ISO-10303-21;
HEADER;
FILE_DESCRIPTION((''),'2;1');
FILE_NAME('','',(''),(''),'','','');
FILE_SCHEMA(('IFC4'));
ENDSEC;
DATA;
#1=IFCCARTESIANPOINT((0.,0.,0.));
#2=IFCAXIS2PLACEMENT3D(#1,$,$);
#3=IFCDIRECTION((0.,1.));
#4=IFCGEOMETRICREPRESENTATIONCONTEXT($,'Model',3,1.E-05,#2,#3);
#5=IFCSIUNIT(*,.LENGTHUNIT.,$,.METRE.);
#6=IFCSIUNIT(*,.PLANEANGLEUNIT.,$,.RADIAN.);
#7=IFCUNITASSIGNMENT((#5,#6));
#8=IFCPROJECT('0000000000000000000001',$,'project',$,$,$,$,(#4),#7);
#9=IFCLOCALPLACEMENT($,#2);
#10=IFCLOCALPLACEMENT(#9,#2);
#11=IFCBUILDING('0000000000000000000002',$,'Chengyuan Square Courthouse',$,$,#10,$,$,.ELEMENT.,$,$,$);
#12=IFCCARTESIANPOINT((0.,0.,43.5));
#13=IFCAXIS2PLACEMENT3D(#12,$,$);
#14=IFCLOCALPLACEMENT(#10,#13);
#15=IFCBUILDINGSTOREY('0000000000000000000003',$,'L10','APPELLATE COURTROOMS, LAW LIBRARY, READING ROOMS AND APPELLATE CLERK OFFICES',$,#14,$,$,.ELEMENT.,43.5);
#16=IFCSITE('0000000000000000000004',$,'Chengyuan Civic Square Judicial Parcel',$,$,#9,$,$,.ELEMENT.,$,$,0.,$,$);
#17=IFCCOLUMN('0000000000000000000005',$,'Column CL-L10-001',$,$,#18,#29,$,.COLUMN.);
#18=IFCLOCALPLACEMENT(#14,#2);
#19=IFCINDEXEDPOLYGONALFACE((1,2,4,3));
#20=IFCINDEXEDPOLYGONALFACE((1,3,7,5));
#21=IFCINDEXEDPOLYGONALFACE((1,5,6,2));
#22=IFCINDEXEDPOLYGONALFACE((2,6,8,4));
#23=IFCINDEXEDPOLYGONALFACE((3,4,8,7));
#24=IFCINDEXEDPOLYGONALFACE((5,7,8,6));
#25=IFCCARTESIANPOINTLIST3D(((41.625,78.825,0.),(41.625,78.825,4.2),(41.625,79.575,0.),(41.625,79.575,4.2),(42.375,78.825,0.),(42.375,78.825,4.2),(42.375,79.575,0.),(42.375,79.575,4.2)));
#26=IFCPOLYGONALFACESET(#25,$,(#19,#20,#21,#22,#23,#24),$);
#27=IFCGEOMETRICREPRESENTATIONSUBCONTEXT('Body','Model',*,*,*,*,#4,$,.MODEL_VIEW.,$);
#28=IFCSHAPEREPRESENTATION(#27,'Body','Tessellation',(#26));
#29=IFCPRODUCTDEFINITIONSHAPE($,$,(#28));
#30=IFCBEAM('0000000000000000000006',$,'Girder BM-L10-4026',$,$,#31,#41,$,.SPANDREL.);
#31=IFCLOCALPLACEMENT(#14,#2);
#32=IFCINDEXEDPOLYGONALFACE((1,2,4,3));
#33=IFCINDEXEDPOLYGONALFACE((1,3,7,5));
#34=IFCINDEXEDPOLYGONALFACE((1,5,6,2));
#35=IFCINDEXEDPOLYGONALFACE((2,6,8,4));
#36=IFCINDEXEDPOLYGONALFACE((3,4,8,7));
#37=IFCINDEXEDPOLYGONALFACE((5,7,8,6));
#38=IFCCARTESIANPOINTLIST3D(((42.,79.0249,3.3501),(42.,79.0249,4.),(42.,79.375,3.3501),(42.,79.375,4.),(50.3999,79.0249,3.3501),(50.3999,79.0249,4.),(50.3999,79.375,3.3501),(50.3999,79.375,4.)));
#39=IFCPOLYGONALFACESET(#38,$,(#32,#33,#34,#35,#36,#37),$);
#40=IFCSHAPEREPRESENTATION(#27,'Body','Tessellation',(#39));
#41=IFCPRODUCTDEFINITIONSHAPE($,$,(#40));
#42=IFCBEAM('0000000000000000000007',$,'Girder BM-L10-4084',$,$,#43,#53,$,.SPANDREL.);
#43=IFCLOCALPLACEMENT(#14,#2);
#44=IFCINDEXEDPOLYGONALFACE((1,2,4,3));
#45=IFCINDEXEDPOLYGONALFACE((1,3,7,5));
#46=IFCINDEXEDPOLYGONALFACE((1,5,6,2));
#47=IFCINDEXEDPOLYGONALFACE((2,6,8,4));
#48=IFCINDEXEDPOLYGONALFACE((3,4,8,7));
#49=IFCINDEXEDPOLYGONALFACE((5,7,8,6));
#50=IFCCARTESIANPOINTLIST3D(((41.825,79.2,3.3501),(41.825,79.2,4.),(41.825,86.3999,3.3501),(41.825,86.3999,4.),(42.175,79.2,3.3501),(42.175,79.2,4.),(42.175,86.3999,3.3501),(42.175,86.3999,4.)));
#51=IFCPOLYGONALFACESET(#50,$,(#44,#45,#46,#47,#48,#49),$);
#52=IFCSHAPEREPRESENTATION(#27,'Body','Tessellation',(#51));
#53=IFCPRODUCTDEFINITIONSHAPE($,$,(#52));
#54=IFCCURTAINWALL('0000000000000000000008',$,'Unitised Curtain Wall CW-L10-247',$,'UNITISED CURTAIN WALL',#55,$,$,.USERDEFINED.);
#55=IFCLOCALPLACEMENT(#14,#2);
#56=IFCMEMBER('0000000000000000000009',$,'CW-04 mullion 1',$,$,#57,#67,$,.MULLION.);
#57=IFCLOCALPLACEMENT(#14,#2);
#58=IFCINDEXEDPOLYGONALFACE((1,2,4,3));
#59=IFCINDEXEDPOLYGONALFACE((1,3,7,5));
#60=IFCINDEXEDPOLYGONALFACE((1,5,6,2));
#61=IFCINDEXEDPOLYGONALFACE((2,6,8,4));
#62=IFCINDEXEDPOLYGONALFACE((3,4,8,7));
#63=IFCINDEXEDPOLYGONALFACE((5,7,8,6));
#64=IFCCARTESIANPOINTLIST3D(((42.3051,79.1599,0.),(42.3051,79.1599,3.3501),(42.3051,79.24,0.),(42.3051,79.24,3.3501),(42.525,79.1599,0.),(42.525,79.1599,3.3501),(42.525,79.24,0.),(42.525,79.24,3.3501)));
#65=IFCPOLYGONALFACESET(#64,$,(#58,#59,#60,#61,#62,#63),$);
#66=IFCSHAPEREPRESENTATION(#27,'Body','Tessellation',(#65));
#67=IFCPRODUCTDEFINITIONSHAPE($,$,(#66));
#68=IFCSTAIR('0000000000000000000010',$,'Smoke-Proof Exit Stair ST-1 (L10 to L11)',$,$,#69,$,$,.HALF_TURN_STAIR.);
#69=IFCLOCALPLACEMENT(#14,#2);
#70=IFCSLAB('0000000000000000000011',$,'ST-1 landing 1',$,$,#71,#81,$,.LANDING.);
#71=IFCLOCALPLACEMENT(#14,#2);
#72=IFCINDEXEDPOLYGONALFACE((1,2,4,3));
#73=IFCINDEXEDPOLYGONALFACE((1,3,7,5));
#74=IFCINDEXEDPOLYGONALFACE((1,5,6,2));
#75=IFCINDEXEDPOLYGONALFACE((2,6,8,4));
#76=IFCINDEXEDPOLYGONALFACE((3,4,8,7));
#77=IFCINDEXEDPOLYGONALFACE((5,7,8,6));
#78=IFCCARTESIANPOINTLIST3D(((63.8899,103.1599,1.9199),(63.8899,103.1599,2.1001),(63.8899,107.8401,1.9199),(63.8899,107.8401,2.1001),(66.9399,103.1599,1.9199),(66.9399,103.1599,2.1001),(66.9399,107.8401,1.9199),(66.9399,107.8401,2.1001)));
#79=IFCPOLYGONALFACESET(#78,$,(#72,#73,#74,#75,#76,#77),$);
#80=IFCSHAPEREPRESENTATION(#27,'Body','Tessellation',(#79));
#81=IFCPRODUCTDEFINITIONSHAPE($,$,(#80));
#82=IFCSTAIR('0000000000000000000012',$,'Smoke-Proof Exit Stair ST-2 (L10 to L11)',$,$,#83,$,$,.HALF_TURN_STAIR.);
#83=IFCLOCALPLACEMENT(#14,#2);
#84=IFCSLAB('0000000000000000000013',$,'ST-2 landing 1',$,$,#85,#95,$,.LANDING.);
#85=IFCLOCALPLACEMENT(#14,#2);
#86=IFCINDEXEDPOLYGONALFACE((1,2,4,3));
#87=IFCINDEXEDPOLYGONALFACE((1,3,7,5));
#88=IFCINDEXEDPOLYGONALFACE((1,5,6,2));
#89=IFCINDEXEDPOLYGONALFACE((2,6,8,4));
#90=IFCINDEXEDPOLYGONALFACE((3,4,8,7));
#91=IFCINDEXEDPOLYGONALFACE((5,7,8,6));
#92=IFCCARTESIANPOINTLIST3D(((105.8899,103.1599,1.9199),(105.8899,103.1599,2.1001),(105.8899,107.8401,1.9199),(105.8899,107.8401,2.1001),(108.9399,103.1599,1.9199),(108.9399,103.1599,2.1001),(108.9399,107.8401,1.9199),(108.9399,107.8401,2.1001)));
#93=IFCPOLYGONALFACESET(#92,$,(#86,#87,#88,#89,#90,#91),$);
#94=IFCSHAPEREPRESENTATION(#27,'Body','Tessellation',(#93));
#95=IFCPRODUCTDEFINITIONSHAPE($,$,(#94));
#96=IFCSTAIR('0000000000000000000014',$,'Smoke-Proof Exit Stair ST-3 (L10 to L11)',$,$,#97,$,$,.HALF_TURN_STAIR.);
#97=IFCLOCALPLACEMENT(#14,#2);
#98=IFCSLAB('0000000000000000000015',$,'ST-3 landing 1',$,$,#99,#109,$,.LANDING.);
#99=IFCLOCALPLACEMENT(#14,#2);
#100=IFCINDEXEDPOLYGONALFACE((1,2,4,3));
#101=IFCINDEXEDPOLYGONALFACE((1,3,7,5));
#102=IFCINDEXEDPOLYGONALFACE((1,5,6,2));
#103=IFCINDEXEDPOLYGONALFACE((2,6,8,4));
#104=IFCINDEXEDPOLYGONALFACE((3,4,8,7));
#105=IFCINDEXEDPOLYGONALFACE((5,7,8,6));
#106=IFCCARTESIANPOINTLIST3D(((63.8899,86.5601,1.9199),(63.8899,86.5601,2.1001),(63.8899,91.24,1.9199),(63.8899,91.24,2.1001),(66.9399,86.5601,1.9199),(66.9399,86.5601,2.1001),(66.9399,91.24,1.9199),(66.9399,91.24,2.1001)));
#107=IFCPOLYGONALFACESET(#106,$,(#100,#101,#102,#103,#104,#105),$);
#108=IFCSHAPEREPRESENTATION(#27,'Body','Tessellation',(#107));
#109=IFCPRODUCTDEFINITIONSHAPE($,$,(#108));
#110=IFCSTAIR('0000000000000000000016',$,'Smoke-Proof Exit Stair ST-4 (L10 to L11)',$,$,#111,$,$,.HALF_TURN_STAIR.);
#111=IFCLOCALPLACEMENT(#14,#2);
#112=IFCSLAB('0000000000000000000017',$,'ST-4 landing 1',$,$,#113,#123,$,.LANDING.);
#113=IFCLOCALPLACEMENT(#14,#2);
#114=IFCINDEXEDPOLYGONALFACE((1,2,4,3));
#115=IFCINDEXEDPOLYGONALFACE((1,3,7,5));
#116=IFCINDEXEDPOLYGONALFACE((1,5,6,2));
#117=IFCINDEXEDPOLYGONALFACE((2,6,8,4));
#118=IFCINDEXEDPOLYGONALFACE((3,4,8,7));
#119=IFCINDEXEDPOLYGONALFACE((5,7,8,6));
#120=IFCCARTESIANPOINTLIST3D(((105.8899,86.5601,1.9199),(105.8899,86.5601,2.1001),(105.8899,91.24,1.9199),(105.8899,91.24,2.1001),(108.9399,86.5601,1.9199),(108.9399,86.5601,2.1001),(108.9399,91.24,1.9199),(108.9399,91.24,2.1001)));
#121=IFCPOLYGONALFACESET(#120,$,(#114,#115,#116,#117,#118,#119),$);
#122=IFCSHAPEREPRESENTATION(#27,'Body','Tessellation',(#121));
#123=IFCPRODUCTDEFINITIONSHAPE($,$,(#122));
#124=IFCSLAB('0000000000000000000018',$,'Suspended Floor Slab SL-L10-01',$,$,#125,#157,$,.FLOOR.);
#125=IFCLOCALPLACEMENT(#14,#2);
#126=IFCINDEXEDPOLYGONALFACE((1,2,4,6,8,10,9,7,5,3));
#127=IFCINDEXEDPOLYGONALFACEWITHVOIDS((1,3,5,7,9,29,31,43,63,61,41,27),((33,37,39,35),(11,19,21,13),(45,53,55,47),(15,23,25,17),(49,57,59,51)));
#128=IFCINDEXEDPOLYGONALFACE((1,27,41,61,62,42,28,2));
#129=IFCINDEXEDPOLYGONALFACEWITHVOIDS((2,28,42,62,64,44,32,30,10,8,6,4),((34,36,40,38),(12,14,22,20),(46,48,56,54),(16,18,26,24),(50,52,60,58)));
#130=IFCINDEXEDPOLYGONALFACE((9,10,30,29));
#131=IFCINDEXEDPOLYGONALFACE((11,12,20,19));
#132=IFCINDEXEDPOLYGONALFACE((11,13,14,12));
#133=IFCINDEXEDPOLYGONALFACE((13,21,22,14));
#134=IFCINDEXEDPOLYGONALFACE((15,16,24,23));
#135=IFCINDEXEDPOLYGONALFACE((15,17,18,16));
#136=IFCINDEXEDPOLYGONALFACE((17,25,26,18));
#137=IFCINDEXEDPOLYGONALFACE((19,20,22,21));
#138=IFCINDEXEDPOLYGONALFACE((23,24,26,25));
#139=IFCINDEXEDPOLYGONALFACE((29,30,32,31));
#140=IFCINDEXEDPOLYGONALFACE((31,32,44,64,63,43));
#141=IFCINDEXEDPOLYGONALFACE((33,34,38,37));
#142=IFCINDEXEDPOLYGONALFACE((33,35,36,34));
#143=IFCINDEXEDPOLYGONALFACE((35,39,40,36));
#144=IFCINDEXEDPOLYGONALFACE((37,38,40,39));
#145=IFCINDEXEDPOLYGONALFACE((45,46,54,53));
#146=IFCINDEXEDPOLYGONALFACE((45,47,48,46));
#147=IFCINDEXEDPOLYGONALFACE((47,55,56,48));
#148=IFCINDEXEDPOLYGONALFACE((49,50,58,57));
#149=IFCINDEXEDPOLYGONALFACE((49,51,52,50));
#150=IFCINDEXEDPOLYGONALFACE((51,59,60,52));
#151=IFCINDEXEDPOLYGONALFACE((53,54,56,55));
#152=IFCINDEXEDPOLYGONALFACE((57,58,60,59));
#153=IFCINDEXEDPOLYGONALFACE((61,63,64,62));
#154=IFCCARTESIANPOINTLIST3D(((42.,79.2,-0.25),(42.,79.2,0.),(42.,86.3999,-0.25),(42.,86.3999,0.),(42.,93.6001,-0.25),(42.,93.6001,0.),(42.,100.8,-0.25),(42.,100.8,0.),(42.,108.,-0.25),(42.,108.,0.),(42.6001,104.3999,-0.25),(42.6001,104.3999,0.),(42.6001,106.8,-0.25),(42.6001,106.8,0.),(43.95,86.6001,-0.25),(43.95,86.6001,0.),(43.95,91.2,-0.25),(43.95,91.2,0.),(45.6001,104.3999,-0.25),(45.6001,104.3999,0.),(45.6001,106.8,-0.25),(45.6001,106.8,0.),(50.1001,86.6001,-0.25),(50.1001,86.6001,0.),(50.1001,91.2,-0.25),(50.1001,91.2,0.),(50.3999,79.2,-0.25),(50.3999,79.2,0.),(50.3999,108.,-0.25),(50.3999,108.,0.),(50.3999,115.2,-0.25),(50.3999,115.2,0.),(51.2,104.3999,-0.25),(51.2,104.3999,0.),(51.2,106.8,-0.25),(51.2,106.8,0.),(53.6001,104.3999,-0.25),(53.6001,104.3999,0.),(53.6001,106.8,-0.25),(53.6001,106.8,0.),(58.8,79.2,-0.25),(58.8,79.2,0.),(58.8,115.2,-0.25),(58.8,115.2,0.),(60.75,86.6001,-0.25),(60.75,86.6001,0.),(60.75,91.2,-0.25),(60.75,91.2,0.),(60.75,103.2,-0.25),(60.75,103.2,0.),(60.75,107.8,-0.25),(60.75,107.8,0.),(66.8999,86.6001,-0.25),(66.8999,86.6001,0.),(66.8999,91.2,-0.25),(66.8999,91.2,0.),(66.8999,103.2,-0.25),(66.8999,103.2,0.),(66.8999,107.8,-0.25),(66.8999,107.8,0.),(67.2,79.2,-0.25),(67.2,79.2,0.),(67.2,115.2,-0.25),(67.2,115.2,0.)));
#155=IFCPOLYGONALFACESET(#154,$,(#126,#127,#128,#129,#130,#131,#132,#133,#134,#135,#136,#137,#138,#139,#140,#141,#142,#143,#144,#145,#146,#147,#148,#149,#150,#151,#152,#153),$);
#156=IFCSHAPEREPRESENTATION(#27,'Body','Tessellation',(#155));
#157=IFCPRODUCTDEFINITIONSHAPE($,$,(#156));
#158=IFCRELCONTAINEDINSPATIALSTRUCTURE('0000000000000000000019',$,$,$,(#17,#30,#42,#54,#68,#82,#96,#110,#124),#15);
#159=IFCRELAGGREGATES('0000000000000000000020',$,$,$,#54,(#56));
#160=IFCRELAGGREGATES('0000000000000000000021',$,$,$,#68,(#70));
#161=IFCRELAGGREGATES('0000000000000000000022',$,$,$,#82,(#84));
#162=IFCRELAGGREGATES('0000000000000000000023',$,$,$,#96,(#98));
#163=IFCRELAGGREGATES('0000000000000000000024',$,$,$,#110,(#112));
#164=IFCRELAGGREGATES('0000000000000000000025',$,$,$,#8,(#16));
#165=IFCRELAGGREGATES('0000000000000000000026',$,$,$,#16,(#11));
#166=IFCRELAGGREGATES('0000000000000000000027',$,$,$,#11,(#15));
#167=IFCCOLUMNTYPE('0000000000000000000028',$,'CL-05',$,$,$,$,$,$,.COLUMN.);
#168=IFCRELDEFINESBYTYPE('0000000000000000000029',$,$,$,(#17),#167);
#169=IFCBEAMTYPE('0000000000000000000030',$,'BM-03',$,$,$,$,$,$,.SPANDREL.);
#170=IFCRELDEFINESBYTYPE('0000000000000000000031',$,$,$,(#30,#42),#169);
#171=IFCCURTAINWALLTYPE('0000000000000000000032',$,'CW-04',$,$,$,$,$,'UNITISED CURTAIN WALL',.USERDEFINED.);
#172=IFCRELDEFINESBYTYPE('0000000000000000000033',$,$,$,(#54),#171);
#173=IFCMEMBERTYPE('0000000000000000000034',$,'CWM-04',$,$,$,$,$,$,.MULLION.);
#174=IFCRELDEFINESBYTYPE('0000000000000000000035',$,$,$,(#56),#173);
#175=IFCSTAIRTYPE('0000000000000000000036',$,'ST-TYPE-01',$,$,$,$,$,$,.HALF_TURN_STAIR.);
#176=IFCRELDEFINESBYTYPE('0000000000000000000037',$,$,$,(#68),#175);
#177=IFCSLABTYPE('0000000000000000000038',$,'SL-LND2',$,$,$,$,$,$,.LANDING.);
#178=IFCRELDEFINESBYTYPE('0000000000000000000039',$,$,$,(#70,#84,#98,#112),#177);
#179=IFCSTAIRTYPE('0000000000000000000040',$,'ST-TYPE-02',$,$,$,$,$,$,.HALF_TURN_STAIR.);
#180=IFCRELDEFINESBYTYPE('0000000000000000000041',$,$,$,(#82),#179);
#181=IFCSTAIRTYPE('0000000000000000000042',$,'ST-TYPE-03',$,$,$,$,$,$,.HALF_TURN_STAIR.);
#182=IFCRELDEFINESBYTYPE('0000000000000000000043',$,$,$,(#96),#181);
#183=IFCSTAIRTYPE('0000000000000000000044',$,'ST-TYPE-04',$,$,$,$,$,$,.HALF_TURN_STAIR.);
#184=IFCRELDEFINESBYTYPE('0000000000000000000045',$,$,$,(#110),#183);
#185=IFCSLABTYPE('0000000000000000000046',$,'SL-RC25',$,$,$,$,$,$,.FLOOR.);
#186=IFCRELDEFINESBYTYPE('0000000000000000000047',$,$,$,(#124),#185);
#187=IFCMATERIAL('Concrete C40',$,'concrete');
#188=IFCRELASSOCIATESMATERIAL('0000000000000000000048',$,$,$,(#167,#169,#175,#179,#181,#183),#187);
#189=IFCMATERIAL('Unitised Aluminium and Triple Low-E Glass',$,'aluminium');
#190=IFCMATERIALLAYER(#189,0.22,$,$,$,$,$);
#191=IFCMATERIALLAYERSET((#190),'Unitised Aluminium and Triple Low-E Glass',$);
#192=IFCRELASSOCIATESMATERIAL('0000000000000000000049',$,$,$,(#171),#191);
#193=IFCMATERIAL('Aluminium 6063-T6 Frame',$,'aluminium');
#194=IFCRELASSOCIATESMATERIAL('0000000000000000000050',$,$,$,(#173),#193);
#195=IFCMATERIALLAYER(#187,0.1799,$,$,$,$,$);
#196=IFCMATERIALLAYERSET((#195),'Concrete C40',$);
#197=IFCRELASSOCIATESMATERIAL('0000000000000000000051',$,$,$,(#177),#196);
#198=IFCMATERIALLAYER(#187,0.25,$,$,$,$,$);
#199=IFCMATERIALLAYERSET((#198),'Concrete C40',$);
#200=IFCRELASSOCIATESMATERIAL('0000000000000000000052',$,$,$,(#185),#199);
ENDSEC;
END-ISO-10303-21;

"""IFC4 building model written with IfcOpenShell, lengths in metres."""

from ifc_helpers import new_model, si_unit, direction, frame, origin, origin_2d, place, context, subcontext, project, spatial, polyline, rectangle, outline, extrude, material, layer, layer_set, material_profile, profile_set, type_object, element, aggregate, save


model = new_model("IFC4")

# Units and contexts
model_context = context("Model", 3, precision=1e-05, world=origin(), true_north=direction((0.0, 1.0)))
body_context = subcontext(model_context, "Body", "Model", "MODEL_VIEW")
ifc_project = project(units=[si_unit("LENGTHUNIT", "METRE"), si_unit("PLANEANGLEUNIT", "RADIAN")], contexts=[model_context])

# Site, building, storey
site_placement = place(None, origin())
site = spatial("IfcSite", under=ifc_project, at=site_placement, Name="Chengyuan Civic Square Judicial Parcel", CompositionType="ELEMENT", RefElevation=0.0)
building_placement = place(site_placement, origin())
building = spatial("IfcBuilding", under=site, at=building_placement, Name="Chengyuan Square Courthouse", CompositionType="ELEMENT")
storey_placement = place(building_placement, frame((0.0, 0.0, 43.5)))
storey = spatial("IfcBuildingStorey", under=building, at=storey_placement, Name="L10", Description="APPELLATE COURTROOMS, LAW LIBRARY, READING ROOMS AND APPELLATE CLERK OFFICES", CompositionType="ELEMENT", Elevation=43.5)

# Column
ifc_material_1 = material(Name="Concrete C40", Category="concrete")
ifc_material_profile_1 = material_profile(ifc_material_1, rectangle(XDim=0.75, YDim=0.75, at=origin_2d()), Name="RC-COL-750x750")
ifc_profile_set_1 = profile_set([ifc_material_profile_1], Name="Concrete C40")
column_type = type_object("IfcColumnType", Name="CL-05", PredefinedType="COLUMN", material=ifc_profile_set_1)
column_placement = place(storey_placement, frame((42.0, 79.2, 0.0), z_axis=(0.0, 0.0, 1.0), x_axis=(1.0, 0.0, 0.0)))
element("IfcColumn", 1, at=column_placement, inside=storey, type_object=column_type, Name="Column CL-L10-001", PredefinedType="COLUMN", context=body_context, shape_type="SweptSolid", body=[
    extrude(rectangle(XDim=0.75, YDim=0.75, at=origin_2d()), origin(), (0.0, 0.0, 1.0), 4.2),
])

# Beams
ifc_material_profile_2 = material_profile(ifc_material_1, rectangle(XDim=0.3501, YDim=0.6499, at=origin_2d()), Name="RC-BM-350x650")
ifc_profile_set_2 = profile_set([ifc_material_profile_2], Name="Concrete C40")
beam_type = type_object("IfcBeamType", Name="BM-03", PredefinedType="SPANDREL", material=ifc_profile_set_2)
beam_1_placement = place(storey_placement, frame((42.0, 79.2, 3.675), z_axis=(1.0, 0.0, 0.0), x_axis=(0.0, 1.0, 0.0)))
element("IfcBeam", 2, at=beam_1_placement, inside=storey, type_object=beam_type, Name="Girder BM-L10-4026", PredefinedType="SPANDREL", context=body_context, shape_type="SweptSolid", body=[
    extrude(rectangle(XDim=0.3501, YDim=0.6499, at=origin_2d()), origin(), (0.0, 0.0, 1.0), 8.3999),
])
beam_2_placement = place(storey_placement, frame((42.0, 79.2, 3.675), z_axis=(0.0, 1.0, 0.0), x_axis=(-1.0, 0.0, 0.0)))
element("IfcBeam", 3, at=beam_2_placement, inside=storey, type_object=beam_type, Name="Girder BM-L10-4084", PredefinedType="SPANDREL", context=body_context, shape_type="SweptSolid", body=[
    extrude(rectangle(XDim=0.3501, YDim=0.6499, at=origin_2d()), origin(), (0.0, 0.0, 1.0), 7.2),
])

# Curtain wall, member
ifc_material_2 = material(Name="Unitised Aluminium and Triple Low-E Glass", Category="aluminium")
ifc_layer_1 = layer(ifc_material_2, 0.22)
ifc_layer_set_1 = layer_set([ifc_layer_1], Name="Unitised Aluminium and Triple Low-E Glass")
curtain_wall_type = type_object("IfcCurtainWallType", Name="CW-04", ElementType="UNITISED CURTAIN WALL", PredefinedType="USERDEFINED", material=ifc_layer_set_1)
curtain_wall_placement = place(storey_placement, origin())
curtain_wall = element("IfcCurtainWall", 4, at=curtain_wall_placement, inside=storey, type_object=curtain_wall_type, Name="Unitised Curtain Wall CW-L10-247", ObjectType="UNITISED CURTAIN WALL", PredefinedType="USERDEFINED")
ifc_material_3 = material(Name="Aluminium 6063-T6 Frame", Category="aluminium")
ifc_material_profile_3 = material_profile(ifc_material_3, rectangle(XDim=0.0801, YDim=0.22, at=origin_2d()), Name="CW-MUL-80x220")
ifc_profile_set_3 = profile_set([ifc_material_profile_3], Name="Aluminium 6063-T6 Frame")
member_type = type_object("IfcMemberType", Name="CWM-04", PredefinedType="MULLION", material=ifc_profile_set_3)
member_placement = place(storey_placement, frame((42.415, 79.2, 0.0), z_axis=(0.0, 0.0, 1.0), x_axis=(0.0, 1.0, 0.0)))
member = element("IfcMember", 5, at=member_placement, type_object=member_type, Name="CW-04 mullion 1", PredefinedType="MULLION", context=body_context, shape_type="SweptSolid", body=[
    extrude(rectangle(XDim=0.0801, YDim=0.22, at=origin_2d()), origin(), (0.0, 0.0, 1.0), 3.3501),
])
aggregate(curtain_wall, [member])

# Stairs, slabs
stair_type_1 = type_object("IfcStairType", Name="ST-TYPE-01", PredefinedType="HALF_TURN_STAIR", material=ifc_material_1)
stair_1_placement = place(storey_placement, origin())
stair_1 = element("IfcStair", 6, at=stair_1_placement, inside=storey, type_object=stair_type_1, Name="Smoke-Proof Exit Stair ST-1 (L10 to L11)", PredefinedType="HALF_TURN_STAIR")
ifc_layer_2 = layer(ifc_material_1, 0.1799)
ifc_layer_set_2 = layer_set([ifc_layer_2], Name="Concrete C40")
slab_type_1 = type_object("IfcSlabType", Name="SL-LND2", PredefinedType="LANDING", material=ifc_layer_set_2)
slab_1_placement = place(storey_placement, frame((0.0, 0.0, 1.9199)))
slab_1 = element("IfcSlab", 7, at=slab_1_placement, type_object=slab_type_1, Name="ST-1 landing 1", PredefinedType="LANDING", context=body_context, shape_type="SweptSolid", body=[
    extrude(outline(polyline([(63.8899, 103.1599), (66.9399, 103.1599), (66.9399, 107.8401), (63.8899, 107.8401), (63.8899, 103.1599)])), origin(), (0.0, 0.0, 1.0), 0.1802),
])
aggregate(stair_1, [slab_1])
stair_type_2 = type_object("IfcStairType", Name="ST-TYPE-02", PredefinedType="HALF_TURN_STAIR", material=ifc_material_1)
stair_2_placement = place(storey_placement, origin())
stair_2 = element("IfcStair", 8, at=stair_2_placement, inside=storey, type_object=stair_type_2, Name="Smoke-Proof Exit Stair ST-2 (L10 to L11)", PredefinedType="HALF_TURN_STAIR")
slab_2_placement = place(storey_placement, frame((0.0, 0.0, 1.9199)))
slab_2 = element("IfcSlab", 9, at=slab_2_placement, type_object=slab_type_1, Name="ST-2 landing 1", PredefinedType="LANDING", context=body_context, shape_type="SweptSolid", body=[
    extrude(outline(polyline([(105.8899, 103.1599), (108.9399, 103.1599), (108.9399, 107.8401), (105.8899, 107.8401), (105.8899, 103.1599)])), origin(), (0.0, 0.0, 1.0), 0.1802),
])
aggregate(stair_2, [slab_2])
stair_type_3 = type_object("IfcStairType", Name="ST-TYPE-03", PredefinedType="HALF_TURN_STAIR", material=ifc_material_1)
stair_3_placement = place(storey_placement, origin())
stair_3 = element("IfcStair", 10, at=stair_3_placement, inside=storey, type_object=stair_type_3, Name="Smoke-Proof Exit Stair ST-3 (L10 to L11)", PredefinedType="HALF_TURN_STAIR")
slab_3_placement = place(storey_placement, frame((0.0, 0.0, 1.9199)))
slab_3 = element("IfcSlab", 11, at=slab_3_placement, type_object=slab_type_1, Name="ST-3 landing 1", PredefinedType="LANDING", context=body_context, shape_type="SweptSolid", body=[
    extrude(outline(polyline([(63.8899, 86.5601), (66.9399, 86.5601), (66.9399, 91.24), (63.8899, 91.24), (63.8899, 86.5601)])), origin(), (0.0, 0.0, 1.0), 0.1802),
])
aggregate(stair_3, [slab_3])
stair_type_4 = type_object("IfcStairType", Name="ST-TYPE-04", PredefinedType="HALF_TURN_STAIR", material=ifc_material_1)
stair_4_placement = place(storey_placement, origin())
stair_4 = element("IfcStair", 12, at=stair_4_placement, inside=storey, type_object=stair_type_4, Name="Smoke-Proof Exit Stair ST-4 (L10 to L11)", PredefinedType="HALF_TURN_STAIR")
slab_4_placement = place(storey_placement, frame((0.0, 0.0, 1.9199)))
slab_4 = element("IfcSlab", 13, at=slab_4_placement, type_object=slab_type_1, Name="ST-4 landing 1", PredefinedType="LANDING", context=body_context, shape_type="SweptSolid", body=[
    extrude(outline(polyline([(105.8899, 86.5601), (108.9399, 86.5601), (108.9399, 91.24), (105.8899, 91.24), (105.8899, 86.5601)])), origin(), (0.0, 0.0, 1.0), 0.1802),
])
aggregate(stair_4, [slab_4])

# Slab
ifc_layer_3 = layer(ifc_material_1, 0.25)
ifc_layer_set_3 = layer_set([ifc_layer_3], Name="Concrete C40")
slab_type_2 = type_object("IfcSlabType", Name="SL-RC25", PredefinedType="FLOOR", material=ifc_layer_set_3)
slab_5_placement = place(storey_placement, frame((0.0, 0.0, -0.25)))
element("IfcSlab", 14, at=slab_5_placement, inside=storey, type_object=slab_type_2, Name="Suspended Floor Slab SL-L10-01", PredefinedType="FLOOR", context=body_context, shape_type="SweptSolid", body=[
    extrude(outline(polyline([(50.3999, 115.2), (58.8, 115.2), (67.2, 115.2), (67.2, 79.2), (58.8, 79.2), (50.3999, 79.2), (42.0, 79.2), (42.0, 86.3999), (42.0, 93.6001), (42.0, 100.8), (42.0, 108.0), (50.3999, 108.0), (50.3999, 115.2)]), holes=[polyline([(50.1001, 91.2), (43.95, 91.2), (43.95, 86.6001), (50.1001, 86.6001), (50.1001, 91.2)]), polyline([(66.8999, 91.2), (60.75, 91.2), (60.75, 86.6001), (66.8999, 86.6001), (66.8999, 91.2)]), polyline([(60.75, 107.8), (60.75, 103.2), (66.8999, 103.2), (66.8999, 107.8), (60.75, 107.8)]), polyline([(45.6001, 106.8), (42.6001, 106.8), (42.6001, 104.3999), (45.6001, 104.3999), (45.6001, 106.8)]), polyline([(53.6001, 106.8), (51.2, 106.8), (51.2, 104.3999), (53.6001, 104.3999), (53.6001, 106.8)])]), origin(), (0.0, 0.0, 1.0), 0.25),
])

save(model, "model.ifc")
